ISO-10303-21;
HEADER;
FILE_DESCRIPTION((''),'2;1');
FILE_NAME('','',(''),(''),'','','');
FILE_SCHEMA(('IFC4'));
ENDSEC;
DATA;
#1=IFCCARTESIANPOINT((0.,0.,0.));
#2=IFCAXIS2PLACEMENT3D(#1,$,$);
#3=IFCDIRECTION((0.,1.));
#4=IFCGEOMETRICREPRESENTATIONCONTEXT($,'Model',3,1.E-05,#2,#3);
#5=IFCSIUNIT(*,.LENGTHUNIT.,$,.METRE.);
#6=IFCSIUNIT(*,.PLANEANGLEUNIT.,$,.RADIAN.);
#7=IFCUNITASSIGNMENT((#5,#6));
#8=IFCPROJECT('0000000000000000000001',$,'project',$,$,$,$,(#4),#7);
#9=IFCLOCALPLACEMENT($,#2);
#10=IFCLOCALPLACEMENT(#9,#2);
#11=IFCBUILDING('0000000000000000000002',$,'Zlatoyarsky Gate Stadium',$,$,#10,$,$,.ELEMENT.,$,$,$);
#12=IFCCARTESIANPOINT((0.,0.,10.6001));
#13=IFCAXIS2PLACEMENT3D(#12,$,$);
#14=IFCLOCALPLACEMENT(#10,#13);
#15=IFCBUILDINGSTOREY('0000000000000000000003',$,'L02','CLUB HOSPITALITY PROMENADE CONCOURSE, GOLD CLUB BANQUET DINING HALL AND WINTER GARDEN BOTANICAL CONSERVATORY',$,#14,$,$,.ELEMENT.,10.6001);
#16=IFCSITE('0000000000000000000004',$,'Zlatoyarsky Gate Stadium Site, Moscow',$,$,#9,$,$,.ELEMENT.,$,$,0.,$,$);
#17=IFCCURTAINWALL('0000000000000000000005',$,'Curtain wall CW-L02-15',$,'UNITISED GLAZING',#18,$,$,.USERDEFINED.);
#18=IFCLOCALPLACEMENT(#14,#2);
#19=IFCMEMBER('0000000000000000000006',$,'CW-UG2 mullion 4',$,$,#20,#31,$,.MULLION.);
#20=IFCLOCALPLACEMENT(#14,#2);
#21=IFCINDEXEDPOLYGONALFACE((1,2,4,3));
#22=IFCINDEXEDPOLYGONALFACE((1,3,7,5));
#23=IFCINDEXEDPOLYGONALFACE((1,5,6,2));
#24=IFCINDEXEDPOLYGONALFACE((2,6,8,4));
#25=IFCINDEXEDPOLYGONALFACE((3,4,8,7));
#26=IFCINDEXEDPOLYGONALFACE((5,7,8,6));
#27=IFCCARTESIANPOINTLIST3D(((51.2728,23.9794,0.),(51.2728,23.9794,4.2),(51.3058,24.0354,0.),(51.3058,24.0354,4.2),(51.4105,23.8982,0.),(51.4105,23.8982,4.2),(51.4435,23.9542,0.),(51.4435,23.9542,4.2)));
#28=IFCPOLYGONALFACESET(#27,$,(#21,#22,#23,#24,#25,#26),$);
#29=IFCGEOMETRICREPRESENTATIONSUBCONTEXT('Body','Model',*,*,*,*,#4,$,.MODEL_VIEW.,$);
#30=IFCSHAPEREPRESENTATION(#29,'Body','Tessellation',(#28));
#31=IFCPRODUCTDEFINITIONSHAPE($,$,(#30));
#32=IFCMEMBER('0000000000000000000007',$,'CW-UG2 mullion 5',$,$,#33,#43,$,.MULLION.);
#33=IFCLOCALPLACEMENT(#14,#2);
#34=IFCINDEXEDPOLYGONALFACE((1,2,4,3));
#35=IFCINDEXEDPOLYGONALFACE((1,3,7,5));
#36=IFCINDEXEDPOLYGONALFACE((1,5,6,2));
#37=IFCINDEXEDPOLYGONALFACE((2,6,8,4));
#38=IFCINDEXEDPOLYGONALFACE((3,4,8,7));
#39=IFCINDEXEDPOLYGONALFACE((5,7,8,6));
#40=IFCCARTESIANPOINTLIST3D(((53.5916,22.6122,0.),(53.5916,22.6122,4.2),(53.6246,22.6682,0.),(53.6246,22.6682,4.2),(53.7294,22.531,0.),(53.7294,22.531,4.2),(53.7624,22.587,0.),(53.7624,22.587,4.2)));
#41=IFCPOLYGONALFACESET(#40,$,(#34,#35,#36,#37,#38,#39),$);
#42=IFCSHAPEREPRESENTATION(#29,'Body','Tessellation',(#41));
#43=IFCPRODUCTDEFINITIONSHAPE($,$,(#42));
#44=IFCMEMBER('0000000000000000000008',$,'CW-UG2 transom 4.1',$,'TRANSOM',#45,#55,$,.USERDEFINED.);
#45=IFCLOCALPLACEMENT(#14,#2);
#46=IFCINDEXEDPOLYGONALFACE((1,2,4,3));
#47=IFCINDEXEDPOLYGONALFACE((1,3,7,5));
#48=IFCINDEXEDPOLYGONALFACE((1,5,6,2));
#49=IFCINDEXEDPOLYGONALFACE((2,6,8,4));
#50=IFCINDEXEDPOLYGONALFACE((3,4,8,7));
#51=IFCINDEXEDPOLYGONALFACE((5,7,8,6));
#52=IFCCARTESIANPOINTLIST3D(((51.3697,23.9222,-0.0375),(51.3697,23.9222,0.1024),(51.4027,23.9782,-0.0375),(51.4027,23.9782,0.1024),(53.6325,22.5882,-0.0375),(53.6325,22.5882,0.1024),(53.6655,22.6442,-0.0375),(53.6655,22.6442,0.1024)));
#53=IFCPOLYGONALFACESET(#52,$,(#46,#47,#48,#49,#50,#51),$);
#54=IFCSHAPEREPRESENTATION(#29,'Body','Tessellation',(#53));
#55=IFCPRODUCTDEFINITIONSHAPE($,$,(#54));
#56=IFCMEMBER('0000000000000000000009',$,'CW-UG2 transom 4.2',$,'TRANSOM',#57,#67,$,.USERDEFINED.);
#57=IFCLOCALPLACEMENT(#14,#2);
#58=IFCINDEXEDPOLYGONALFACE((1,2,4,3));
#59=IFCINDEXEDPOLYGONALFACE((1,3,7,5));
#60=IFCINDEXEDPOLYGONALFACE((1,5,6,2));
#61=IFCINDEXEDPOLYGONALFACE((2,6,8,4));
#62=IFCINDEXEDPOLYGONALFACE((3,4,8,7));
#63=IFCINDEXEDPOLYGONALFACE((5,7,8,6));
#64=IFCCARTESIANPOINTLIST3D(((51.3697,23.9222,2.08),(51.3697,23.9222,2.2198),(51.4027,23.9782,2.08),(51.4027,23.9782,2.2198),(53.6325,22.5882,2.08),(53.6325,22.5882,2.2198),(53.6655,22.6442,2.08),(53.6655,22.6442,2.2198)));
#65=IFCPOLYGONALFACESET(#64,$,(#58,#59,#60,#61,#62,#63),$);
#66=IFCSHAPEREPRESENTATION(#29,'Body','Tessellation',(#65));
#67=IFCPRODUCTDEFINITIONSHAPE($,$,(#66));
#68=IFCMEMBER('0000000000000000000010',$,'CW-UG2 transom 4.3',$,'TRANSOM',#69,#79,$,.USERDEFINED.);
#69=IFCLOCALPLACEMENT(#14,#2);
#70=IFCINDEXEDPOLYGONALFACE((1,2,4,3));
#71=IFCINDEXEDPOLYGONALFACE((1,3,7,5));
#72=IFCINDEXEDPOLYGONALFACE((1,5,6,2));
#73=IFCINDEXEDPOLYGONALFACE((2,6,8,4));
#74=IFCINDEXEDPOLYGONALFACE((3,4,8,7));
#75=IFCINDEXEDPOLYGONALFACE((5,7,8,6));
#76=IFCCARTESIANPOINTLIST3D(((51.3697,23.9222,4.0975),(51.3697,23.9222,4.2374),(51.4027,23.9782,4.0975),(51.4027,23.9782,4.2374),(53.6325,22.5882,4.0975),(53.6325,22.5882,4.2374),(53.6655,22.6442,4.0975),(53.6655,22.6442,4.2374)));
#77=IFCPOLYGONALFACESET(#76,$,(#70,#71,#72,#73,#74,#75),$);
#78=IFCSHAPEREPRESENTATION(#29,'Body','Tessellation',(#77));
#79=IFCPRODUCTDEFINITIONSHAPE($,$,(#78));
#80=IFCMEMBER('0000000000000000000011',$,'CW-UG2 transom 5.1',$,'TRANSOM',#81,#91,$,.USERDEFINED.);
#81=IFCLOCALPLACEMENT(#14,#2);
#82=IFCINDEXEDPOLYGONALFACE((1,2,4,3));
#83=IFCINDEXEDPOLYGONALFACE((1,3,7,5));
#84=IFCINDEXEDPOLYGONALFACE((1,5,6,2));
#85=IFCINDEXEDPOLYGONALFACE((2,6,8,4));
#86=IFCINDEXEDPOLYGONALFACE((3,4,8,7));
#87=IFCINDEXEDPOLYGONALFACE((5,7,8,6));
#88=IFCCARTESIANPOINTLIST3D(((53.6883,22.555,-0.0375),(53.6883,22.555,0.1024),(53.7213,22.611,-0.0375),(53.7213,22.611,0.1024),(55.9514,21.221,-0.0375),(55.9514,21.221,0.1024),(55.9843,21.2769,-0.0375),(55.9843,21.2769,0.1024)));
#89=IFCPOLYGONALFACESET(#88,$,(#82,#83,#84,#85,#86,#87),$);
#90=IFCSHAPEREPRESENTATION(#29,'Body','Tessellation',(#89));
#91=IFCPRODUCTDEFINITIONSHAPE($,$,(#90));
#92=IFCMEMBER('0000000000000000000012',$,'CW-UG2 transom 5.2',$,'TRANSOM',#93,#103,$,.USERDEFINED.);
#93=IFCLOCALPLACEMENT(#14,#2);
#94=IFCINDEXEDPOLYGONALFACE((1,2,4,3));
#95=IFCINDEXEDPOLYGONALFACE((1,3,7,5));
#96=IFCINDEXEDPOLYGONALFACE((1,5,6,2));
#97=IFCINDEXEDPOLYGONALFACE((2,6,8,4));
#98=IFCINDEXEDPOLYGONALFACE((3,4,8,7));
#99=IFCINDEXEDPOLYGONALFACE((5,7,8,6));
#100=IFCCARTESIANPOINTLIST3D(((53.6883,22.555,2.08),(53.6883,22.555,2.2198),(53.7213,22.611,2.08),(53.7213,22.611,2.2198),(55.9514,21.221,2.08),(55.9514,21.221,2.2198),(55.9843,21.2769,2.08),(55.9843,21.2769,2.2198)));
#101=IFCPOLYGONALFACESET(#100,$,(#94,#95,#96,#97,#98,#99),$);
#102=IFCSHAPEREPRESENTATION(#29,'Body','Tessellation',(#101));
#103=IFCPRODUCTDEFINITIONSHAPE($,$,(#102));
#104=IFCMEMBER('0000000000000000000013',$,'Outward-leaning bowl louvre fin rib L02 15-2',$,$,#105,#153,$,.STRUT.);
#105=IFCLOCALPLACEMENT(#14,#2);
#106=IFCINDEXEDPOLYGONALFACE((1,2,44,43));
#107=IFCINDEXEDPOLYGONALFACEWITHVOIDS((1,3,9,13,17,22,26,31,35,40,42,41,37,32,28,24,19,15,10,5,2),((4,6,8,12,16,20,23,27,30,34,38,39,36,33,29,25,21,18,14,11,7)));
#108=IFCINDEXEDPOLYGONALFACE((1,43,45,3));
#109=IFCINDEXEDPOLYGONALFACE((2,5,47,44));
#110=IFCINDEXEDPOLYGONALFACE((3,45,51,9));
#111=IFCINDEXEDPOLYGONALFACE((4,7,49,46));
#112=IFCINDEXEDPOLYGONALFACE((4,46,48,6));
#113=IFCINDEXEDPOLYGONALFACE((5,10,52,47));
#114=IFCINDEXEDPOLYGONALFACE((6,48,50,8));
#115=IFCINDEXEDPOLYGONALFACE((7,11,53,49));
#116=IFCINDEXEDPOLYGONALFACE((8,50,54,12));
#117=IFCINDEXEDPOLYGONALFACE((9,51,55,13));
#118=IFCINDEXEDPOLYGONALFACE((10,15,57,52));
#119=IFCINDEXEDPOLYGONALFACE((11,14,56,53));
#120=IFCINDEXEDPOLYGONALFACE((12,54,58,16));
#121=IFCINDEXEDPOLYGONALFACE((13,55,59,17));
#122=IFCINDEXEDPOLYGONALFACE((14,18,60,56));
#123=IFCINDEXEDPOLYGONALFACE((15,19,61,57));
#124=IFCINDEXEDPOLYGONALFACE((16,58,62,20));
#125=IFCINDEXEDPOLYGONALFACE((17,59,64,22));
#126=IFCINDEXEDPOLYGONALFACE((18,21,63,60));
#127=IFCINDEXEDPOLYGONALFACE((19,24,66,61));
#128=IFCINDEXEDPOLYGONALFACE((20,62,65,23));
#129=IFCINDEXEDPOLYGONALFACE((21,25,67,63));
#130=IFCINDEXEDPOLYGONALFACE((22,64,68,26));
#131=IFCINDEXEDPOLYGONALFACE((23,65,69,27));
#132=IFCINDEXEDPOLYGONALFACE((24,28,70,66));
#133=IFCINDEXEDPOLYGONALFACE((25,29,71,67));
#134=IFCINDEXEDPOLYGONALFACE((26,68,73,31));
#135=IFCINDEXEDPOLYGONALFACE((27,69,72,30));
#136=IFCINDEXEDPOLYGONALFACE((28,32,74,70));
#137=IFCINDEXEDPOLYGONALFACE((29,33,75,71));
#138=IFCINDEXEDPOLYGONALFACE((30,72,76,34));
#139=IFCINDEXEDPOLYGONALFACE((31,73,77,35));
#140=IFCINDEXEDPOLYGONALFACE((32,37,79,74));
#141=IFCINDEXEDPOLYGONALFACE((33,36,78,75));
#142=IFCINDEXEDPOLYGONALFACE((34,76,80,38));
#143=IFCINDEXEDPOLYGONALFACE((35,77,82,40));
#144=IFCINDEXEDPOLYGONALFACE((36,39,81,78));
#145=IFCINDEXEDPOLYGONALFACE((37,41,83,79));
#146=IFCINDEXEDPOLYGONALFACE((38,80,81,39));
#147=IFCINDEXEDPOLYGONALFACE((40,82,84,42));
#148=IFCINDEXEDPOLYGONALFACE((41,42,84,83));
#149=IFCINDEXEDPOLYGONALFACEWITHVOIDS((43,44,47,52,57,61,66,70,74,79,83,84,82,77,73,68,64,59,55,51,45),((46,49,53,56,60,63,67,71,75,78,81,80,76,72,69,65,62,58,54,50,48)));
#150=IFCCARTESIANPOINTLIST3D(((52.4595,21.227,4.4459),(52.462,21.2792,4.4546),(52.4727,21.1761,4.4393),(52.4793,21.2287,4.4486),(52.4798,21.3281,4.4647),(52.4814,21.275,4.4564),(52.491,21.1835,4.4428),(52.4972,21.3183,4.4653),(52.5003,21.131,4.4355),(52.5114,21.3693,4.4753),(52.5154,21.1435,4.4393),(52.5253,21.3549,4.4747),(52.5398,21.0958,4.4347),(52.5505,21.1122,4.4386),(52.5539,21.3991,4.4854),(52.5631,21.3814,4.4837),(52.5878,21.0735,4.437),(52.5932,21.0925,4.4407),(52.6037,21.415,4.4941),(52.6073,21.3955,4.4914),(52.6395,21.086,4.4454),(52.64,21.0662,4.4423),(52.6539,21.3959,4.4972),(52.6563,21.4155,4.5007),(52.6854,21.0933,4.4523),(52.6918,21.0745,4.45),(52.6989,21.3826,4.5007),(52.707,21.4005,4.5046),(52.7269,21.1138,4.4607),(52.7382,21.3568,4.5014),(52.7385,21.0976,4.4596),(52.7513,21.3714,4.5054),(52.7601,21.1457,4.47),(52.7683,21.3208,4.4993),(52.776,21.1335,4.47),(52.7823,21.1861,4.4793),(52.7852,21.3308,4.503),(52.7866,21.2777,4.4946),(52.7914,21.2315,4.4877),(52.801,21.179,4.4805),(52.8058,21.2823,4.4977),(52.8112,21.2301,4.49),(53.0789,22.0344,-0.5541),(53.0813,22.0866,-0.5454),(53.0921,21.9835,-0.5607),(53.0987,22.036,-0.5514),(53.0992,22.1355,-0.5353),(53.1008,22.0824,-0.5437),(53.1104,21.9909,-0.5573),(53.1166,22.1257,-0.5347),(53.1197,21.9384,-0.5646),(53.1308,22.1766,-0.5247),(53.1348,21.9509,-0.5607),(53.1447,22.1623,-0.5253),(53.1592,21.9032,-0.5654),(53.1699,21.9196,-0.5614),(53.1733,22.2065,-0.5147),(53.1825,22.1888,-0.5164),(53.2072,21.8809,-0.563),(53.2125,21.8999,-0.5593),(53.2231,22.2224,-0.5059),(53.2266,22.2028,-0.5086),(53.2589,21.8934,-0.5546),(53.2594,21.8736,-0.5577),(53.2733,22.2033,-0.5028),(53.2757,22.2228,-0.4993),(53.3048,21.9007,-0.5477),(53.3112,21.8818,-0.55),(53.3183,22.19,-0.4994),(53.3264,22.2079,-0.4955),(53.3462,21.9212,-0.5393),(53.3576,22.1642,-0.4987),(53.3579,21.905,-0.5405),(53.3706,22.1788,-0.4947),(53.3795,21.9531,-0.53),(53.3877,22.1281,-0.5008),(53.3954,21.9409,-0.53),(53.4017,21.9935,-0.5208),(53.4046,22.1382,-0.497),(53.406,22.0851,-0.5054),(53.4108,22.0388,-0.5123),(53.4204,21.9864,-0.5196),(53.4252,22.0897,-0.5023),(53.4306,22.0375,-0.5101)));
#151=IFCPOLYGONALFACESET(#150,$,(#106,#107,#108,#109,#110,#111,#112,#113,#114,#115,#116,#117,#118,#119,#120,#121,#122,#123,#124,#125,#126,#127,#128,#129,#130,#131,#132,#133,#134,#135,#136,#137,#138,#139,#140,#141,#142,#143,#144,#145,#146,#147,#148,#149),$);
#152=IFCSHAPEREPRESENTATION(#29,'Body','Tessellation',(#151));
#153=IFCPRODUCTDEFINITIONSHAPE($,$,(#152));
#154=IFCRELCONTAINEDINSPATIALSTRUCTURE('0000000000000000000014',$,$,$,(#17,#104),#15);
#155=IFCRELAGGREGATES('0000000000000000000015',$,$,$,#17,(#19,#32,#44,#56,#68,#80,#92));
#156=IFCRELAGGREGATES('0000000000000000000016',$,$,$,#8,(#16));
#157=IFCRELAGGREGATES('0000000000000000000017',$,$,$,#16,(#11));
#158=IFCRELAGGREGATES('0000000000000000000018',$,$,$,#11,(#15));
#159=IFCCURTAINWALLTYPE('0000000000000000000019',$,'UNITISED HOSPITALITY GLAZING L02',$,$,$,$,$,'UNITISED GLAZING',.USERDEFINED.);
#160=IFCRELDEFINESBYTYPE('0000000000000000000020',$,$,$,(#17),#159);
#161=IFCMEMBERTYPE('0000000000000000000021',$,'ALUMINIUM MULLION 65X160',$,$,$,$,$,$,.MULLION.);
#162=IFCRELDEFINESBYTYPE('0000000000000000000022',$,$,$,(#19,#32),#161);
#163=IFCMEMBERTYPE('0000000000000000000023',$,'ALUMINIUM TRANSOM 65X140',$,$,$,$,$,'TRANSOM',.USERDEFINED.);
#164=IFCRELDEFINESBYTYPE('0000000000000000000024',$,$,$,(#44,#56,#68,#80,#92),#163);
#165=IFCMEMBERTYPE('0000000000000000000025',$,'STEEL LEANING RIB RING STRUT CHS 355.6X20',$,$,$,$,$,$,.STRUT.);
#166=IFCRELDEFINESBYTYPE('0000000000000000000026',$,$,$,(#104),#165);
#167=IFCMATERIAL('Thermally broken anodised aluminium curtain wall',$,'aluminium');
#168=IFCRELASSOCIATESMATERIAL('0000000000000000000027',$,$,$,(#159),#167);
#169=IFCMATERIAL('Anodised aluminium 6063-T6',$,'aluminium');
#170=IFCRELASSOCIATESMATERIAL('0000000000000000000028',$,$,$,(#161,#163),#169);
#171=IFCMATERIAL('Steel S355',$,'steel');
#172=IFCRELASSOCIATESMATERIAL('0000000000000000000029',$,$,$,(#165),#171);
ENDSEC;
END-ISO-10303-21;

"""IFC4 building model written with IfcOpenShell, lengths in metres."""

from ifc_helpers import new_model, si_unit, direction, frame, origin, origin_2d, place, context, subcontext, project, spatial, rectangle, hollow_circle, extrude, material, material_profile, profile_set, type_object, element, aggregate, save


model = new_model("IFC4")

# Units and contexts
model_context = context("Model", 3, precision=1e-05, world=origin(), true_north=direction((0.0, 1.0)))
body_context = subcontext(model_context, "Body", "Model", "MODEL_VIEW")
ifc_project = project(units=[si_unit("LENGTHUNIT", "METRE"), si_unit("PLANEANGLEUNIT", "RADIAN")], contexts=[model_context])

# Site, building, storey
site_placement = place(None, origin())
site = spatial("IfcSite", under=ifc_project, at=site_placement, Name="Zlatoyarsky Gate Stadium Site, Moscow", CompositionType="ELEMENT", RefElevation=0.0)
building_placement = place(site_placement, origin())
building = spatial("IfcBuilding", under=site, at=building_placement, Name="Zlatoyarsky Gate Stadium", CompositionType="ELEMENT")
storey_placement = place(building_placement, frame((0.0, 0.0, 10.6001)))
storey = spatial("IfcBuildingStorey", under=building, at=storey_placement, Name="L02", Description="CLUB HOSPITALITY PROMENADE CONCOURSE, GOLD CLUB BANQUET DINING HALL AND WINTER GARDEN BOTANICAL CONSERVATORY", CompositionType="ELEMENT", Elevation=10.6001)

# Curtain wall, members
ifc_material_1 = material(Name="Thermally broken anodised aluminium curtain wall", Category="aluminium")
curtain_wall_type = type_object("IfcCurtainWallType", Name="UNITISED HOSPITALITY GLAZING L02", ElementType="UNITISED GLAZING", PredefinedType="USERDEFINED", material=ifc_material_1)
curtain_wall_placement = place(storey_placement, origin())
curtain_wall = element("IfcCurtainWall", 1, at=curtain_wall_placement, inside=storey, type_object=curtain_wall_type, Name="Curtain wall CW-L02-15", ObjectType="UNITISED GLAZING", PredefinedType="USERDEFINED")
ifc_material_2 = material(Name="Anodised aluminium 6063-T6", Category="aluminium")
ifc_material_profile_1 = material_profile(ifc_material_2, rectangle(XDim=0.0649, YDim=0.1599, at=origin_2d()), Name="ALU 65X160")
ifc_profile_set_1 = profile_set([ifc_material_profile_1], Name="Anodised aluminium 6063-T6")
member_type_1 = type_object("IfcMemberType", Name="ALUMINIUM MULLION 65X160", PredefinedType="MULLION", material=ifc_profile_set_1)
member_1_placement = place(storey_placement, frame((51.3582, 23.9668, 0.0), z_axis=(0.0, 0.0, 1.0), x_axis=(0.507884, 0.861425, 0.0)))
member_1 = element("IfcMember", 2, at=member_1_placement, type_object=member_type_1, Name="CW-UG2 mullion 4", PredefinedType="MULLION", context=body_context, shape_type="SweptSolid", body=[
    extrude(rectangle(XDim=0.0649, YDim=0.1599, at=origin_2d()), origin(), (0.0, 0.0, 1.0), 4.2),
])
member_2_placement = place(storey_placement, frame((53.677, 22.5996, 0.0), z_axis=(0.0, 0.0, 1.0), x_axis=(0.507884, 0.861425, 0.0)))
member_2 = element("IfcMember", 3, at=member_2_placement, type_object=member_type_1, Name="CW-UG2 mullion 5", PredefinedType="MULLION", context=body_context, shape_type="SweptSolid", body=[
    extrude(rectangle(XDim=0.0649, YDim=0.1599, at=origin_2d()), origin(), (0.0, 0.0, 1.0), 4.2),
])
ifc_material_profile_2 = material_profile(ifc_material_2, rectangle(XDim=0.0649, YDim=0.1399, at=origin_2d()), Name="ALU 65X140")
ifc_profile_set_2 = profile_set([ifc_material_profile_2], Name="Anodised aluminium 6063-T6")
member_type_2 = type_object("IfcMemberType", Name="ALUMINIUM TRANSOM 65X140", ElementType="TRANSOM", PredefinedType="USERDEFINED", material=ifc_profile_set_2)
member_3_placement = place(storey_placement, frame((51.3862, 23.9502, 0.0325), z_axis=(0.861437, -0.507865, 0.0), x_axis=(0.507865, 0.861437, 0.0)))
member_3 = element("IfcMember", 4, at=member_3_placement, type_object=member_type_2, Name="CW-UG2 transom 4.1", ObjectType="TRANSOM", PredefinedType="USERDEFINED", context=body_context, shape_type="SweptSolid", body=[
    extrude(rectangle(XDim=0.0649, YDim=0.1399, at=origin_2d()), origin(), (0.0, 0.0, 1.0), 2.6267),
])
member_4_placement = place(storey_placement, frame((51.3862, 23.9502, 2.1499), z_axis=(0.861437, -0.507865, 0.0), x_axis=(0.507865, 0.861437, 0.0)))
member_4 = element("IfcMember", 5, at=member_4_placement, type_object=member_type_2, Name="CW-UG2 transom 4.2", ObjectType="TRANSOM", PredefinedType="USERDEFINED", context=body_context, shape_type="SweptSolid", body=[
    extrude(rectangle(XDim=0.0649, YDim=0.1399, at=origin_2d()), origin(), (0.0, 0.0, 1.0), 2.6267),
])
member_5_placement = place(storey_placement, frame((51.3862, 23.9502, 4.1675), z_axis=(0.861437, -0.507865, 0.0), x_axis=(0.507865, 0.861437, 0.0)))
member_5 = element("IfcMember", 6, at=member_5_placement, type_object=member_type_2, Name="CW-UG2 transom 4.3", ObjectType="TRANSOM", PredefinedType="USERDEFINED", context=body_context, shape_type="SweptSolid", body=[
    extrude(rectangle(XDim=0.0649, YDim=0.1399, at=origin_2d()), origin(), (0.0, 0.0, 1.0), 2.6267),
])
member_6_placement = place(storey_placement, frame((53.7048, 22.583, 0.0325), z_axis=(0.861461, -0.507824, 0.0), x_axis=(0.507824, 0.861461, 0.0)))
member_6 = element("IfcMember", 7, at=member_6_placement, type_object=member_type_2, Name="CW-UG2 transom 5.1", ObjectType="TRANSOM", PredefinedType="USERDEFINED", context=body_context, shape_type="SweptSolid", body=[
    extrude(rectangle(XDim=0.0649, YDim=0.1399, at=origin_2d()), origin(), (0.0, 0.0, 1.0), 2.627),
])
member_7_placement = place(storey_placement, frame((53.7048, 22.583, 2.1499), z_axis=(0.861461, -0.507824, 0.0), x_axis=(0.507824, 0.861461, 0.0)))
member_7 = element("IfcMember", 8, at=member_7_placement, type_object=member_type_2, Name="CW-UG2 transom 5.2", ObjectType="TRANSOM", PredefinedType="USERDEFINED", context=body_context, shape_type="SweptSolid", body=[
    extrude(rectangle(XDim=0.0649, YDim=0.1399, at=origin_2d()), origin(), (0.0, 0.0, 1.0), 2.627),
])

# Member
ifc_material_3 = material(Name="Steel S355", Category="steel")
ifc_material_profile_3 = material_profile(ifc_material_3, hollow_circle(Radius=0.1777, WallThickness=0.02, at=origin_2d()), Name="CHS 355.6X20")
ifc_profile_set_3 = profile_set([ifc_material_profile_3], Name="Steel S355")
member_type_3 = type_object("IfcMemberType", Name="STEEL LEANING RIB RING STRUT CHS 355.6X20", PredefinedType="STRUT", material=ifc_profile_set_3)
member_8_placement = place(storey_placement, frame((53.2544, 22.0491, -0.53), z_axis=(-0.121389, -0.158231, 0.979912), x_axis=(0.793417, -0.608678, 0.0)))
element("IfcMember", 9, at=member_8_placement, inside=storey, type_object=member_type_3, Name="Outward-leaning bowl louvre fin rib L02 15-2", PredefinedType="STRUT", context=body_context, shape_type="SweptSolid", body=[
    extrude(hollow_circle(Radius=0.1777, WallThickness=0.02, at=origin_2d()), origin(), (0.0, 0.0, 1.0), 5.1025),
])

aggregate(curtain_wall, [member_1, member_2, member_3, member_4, member_5, member_6, member_7])

save(model, "model.ifc")
